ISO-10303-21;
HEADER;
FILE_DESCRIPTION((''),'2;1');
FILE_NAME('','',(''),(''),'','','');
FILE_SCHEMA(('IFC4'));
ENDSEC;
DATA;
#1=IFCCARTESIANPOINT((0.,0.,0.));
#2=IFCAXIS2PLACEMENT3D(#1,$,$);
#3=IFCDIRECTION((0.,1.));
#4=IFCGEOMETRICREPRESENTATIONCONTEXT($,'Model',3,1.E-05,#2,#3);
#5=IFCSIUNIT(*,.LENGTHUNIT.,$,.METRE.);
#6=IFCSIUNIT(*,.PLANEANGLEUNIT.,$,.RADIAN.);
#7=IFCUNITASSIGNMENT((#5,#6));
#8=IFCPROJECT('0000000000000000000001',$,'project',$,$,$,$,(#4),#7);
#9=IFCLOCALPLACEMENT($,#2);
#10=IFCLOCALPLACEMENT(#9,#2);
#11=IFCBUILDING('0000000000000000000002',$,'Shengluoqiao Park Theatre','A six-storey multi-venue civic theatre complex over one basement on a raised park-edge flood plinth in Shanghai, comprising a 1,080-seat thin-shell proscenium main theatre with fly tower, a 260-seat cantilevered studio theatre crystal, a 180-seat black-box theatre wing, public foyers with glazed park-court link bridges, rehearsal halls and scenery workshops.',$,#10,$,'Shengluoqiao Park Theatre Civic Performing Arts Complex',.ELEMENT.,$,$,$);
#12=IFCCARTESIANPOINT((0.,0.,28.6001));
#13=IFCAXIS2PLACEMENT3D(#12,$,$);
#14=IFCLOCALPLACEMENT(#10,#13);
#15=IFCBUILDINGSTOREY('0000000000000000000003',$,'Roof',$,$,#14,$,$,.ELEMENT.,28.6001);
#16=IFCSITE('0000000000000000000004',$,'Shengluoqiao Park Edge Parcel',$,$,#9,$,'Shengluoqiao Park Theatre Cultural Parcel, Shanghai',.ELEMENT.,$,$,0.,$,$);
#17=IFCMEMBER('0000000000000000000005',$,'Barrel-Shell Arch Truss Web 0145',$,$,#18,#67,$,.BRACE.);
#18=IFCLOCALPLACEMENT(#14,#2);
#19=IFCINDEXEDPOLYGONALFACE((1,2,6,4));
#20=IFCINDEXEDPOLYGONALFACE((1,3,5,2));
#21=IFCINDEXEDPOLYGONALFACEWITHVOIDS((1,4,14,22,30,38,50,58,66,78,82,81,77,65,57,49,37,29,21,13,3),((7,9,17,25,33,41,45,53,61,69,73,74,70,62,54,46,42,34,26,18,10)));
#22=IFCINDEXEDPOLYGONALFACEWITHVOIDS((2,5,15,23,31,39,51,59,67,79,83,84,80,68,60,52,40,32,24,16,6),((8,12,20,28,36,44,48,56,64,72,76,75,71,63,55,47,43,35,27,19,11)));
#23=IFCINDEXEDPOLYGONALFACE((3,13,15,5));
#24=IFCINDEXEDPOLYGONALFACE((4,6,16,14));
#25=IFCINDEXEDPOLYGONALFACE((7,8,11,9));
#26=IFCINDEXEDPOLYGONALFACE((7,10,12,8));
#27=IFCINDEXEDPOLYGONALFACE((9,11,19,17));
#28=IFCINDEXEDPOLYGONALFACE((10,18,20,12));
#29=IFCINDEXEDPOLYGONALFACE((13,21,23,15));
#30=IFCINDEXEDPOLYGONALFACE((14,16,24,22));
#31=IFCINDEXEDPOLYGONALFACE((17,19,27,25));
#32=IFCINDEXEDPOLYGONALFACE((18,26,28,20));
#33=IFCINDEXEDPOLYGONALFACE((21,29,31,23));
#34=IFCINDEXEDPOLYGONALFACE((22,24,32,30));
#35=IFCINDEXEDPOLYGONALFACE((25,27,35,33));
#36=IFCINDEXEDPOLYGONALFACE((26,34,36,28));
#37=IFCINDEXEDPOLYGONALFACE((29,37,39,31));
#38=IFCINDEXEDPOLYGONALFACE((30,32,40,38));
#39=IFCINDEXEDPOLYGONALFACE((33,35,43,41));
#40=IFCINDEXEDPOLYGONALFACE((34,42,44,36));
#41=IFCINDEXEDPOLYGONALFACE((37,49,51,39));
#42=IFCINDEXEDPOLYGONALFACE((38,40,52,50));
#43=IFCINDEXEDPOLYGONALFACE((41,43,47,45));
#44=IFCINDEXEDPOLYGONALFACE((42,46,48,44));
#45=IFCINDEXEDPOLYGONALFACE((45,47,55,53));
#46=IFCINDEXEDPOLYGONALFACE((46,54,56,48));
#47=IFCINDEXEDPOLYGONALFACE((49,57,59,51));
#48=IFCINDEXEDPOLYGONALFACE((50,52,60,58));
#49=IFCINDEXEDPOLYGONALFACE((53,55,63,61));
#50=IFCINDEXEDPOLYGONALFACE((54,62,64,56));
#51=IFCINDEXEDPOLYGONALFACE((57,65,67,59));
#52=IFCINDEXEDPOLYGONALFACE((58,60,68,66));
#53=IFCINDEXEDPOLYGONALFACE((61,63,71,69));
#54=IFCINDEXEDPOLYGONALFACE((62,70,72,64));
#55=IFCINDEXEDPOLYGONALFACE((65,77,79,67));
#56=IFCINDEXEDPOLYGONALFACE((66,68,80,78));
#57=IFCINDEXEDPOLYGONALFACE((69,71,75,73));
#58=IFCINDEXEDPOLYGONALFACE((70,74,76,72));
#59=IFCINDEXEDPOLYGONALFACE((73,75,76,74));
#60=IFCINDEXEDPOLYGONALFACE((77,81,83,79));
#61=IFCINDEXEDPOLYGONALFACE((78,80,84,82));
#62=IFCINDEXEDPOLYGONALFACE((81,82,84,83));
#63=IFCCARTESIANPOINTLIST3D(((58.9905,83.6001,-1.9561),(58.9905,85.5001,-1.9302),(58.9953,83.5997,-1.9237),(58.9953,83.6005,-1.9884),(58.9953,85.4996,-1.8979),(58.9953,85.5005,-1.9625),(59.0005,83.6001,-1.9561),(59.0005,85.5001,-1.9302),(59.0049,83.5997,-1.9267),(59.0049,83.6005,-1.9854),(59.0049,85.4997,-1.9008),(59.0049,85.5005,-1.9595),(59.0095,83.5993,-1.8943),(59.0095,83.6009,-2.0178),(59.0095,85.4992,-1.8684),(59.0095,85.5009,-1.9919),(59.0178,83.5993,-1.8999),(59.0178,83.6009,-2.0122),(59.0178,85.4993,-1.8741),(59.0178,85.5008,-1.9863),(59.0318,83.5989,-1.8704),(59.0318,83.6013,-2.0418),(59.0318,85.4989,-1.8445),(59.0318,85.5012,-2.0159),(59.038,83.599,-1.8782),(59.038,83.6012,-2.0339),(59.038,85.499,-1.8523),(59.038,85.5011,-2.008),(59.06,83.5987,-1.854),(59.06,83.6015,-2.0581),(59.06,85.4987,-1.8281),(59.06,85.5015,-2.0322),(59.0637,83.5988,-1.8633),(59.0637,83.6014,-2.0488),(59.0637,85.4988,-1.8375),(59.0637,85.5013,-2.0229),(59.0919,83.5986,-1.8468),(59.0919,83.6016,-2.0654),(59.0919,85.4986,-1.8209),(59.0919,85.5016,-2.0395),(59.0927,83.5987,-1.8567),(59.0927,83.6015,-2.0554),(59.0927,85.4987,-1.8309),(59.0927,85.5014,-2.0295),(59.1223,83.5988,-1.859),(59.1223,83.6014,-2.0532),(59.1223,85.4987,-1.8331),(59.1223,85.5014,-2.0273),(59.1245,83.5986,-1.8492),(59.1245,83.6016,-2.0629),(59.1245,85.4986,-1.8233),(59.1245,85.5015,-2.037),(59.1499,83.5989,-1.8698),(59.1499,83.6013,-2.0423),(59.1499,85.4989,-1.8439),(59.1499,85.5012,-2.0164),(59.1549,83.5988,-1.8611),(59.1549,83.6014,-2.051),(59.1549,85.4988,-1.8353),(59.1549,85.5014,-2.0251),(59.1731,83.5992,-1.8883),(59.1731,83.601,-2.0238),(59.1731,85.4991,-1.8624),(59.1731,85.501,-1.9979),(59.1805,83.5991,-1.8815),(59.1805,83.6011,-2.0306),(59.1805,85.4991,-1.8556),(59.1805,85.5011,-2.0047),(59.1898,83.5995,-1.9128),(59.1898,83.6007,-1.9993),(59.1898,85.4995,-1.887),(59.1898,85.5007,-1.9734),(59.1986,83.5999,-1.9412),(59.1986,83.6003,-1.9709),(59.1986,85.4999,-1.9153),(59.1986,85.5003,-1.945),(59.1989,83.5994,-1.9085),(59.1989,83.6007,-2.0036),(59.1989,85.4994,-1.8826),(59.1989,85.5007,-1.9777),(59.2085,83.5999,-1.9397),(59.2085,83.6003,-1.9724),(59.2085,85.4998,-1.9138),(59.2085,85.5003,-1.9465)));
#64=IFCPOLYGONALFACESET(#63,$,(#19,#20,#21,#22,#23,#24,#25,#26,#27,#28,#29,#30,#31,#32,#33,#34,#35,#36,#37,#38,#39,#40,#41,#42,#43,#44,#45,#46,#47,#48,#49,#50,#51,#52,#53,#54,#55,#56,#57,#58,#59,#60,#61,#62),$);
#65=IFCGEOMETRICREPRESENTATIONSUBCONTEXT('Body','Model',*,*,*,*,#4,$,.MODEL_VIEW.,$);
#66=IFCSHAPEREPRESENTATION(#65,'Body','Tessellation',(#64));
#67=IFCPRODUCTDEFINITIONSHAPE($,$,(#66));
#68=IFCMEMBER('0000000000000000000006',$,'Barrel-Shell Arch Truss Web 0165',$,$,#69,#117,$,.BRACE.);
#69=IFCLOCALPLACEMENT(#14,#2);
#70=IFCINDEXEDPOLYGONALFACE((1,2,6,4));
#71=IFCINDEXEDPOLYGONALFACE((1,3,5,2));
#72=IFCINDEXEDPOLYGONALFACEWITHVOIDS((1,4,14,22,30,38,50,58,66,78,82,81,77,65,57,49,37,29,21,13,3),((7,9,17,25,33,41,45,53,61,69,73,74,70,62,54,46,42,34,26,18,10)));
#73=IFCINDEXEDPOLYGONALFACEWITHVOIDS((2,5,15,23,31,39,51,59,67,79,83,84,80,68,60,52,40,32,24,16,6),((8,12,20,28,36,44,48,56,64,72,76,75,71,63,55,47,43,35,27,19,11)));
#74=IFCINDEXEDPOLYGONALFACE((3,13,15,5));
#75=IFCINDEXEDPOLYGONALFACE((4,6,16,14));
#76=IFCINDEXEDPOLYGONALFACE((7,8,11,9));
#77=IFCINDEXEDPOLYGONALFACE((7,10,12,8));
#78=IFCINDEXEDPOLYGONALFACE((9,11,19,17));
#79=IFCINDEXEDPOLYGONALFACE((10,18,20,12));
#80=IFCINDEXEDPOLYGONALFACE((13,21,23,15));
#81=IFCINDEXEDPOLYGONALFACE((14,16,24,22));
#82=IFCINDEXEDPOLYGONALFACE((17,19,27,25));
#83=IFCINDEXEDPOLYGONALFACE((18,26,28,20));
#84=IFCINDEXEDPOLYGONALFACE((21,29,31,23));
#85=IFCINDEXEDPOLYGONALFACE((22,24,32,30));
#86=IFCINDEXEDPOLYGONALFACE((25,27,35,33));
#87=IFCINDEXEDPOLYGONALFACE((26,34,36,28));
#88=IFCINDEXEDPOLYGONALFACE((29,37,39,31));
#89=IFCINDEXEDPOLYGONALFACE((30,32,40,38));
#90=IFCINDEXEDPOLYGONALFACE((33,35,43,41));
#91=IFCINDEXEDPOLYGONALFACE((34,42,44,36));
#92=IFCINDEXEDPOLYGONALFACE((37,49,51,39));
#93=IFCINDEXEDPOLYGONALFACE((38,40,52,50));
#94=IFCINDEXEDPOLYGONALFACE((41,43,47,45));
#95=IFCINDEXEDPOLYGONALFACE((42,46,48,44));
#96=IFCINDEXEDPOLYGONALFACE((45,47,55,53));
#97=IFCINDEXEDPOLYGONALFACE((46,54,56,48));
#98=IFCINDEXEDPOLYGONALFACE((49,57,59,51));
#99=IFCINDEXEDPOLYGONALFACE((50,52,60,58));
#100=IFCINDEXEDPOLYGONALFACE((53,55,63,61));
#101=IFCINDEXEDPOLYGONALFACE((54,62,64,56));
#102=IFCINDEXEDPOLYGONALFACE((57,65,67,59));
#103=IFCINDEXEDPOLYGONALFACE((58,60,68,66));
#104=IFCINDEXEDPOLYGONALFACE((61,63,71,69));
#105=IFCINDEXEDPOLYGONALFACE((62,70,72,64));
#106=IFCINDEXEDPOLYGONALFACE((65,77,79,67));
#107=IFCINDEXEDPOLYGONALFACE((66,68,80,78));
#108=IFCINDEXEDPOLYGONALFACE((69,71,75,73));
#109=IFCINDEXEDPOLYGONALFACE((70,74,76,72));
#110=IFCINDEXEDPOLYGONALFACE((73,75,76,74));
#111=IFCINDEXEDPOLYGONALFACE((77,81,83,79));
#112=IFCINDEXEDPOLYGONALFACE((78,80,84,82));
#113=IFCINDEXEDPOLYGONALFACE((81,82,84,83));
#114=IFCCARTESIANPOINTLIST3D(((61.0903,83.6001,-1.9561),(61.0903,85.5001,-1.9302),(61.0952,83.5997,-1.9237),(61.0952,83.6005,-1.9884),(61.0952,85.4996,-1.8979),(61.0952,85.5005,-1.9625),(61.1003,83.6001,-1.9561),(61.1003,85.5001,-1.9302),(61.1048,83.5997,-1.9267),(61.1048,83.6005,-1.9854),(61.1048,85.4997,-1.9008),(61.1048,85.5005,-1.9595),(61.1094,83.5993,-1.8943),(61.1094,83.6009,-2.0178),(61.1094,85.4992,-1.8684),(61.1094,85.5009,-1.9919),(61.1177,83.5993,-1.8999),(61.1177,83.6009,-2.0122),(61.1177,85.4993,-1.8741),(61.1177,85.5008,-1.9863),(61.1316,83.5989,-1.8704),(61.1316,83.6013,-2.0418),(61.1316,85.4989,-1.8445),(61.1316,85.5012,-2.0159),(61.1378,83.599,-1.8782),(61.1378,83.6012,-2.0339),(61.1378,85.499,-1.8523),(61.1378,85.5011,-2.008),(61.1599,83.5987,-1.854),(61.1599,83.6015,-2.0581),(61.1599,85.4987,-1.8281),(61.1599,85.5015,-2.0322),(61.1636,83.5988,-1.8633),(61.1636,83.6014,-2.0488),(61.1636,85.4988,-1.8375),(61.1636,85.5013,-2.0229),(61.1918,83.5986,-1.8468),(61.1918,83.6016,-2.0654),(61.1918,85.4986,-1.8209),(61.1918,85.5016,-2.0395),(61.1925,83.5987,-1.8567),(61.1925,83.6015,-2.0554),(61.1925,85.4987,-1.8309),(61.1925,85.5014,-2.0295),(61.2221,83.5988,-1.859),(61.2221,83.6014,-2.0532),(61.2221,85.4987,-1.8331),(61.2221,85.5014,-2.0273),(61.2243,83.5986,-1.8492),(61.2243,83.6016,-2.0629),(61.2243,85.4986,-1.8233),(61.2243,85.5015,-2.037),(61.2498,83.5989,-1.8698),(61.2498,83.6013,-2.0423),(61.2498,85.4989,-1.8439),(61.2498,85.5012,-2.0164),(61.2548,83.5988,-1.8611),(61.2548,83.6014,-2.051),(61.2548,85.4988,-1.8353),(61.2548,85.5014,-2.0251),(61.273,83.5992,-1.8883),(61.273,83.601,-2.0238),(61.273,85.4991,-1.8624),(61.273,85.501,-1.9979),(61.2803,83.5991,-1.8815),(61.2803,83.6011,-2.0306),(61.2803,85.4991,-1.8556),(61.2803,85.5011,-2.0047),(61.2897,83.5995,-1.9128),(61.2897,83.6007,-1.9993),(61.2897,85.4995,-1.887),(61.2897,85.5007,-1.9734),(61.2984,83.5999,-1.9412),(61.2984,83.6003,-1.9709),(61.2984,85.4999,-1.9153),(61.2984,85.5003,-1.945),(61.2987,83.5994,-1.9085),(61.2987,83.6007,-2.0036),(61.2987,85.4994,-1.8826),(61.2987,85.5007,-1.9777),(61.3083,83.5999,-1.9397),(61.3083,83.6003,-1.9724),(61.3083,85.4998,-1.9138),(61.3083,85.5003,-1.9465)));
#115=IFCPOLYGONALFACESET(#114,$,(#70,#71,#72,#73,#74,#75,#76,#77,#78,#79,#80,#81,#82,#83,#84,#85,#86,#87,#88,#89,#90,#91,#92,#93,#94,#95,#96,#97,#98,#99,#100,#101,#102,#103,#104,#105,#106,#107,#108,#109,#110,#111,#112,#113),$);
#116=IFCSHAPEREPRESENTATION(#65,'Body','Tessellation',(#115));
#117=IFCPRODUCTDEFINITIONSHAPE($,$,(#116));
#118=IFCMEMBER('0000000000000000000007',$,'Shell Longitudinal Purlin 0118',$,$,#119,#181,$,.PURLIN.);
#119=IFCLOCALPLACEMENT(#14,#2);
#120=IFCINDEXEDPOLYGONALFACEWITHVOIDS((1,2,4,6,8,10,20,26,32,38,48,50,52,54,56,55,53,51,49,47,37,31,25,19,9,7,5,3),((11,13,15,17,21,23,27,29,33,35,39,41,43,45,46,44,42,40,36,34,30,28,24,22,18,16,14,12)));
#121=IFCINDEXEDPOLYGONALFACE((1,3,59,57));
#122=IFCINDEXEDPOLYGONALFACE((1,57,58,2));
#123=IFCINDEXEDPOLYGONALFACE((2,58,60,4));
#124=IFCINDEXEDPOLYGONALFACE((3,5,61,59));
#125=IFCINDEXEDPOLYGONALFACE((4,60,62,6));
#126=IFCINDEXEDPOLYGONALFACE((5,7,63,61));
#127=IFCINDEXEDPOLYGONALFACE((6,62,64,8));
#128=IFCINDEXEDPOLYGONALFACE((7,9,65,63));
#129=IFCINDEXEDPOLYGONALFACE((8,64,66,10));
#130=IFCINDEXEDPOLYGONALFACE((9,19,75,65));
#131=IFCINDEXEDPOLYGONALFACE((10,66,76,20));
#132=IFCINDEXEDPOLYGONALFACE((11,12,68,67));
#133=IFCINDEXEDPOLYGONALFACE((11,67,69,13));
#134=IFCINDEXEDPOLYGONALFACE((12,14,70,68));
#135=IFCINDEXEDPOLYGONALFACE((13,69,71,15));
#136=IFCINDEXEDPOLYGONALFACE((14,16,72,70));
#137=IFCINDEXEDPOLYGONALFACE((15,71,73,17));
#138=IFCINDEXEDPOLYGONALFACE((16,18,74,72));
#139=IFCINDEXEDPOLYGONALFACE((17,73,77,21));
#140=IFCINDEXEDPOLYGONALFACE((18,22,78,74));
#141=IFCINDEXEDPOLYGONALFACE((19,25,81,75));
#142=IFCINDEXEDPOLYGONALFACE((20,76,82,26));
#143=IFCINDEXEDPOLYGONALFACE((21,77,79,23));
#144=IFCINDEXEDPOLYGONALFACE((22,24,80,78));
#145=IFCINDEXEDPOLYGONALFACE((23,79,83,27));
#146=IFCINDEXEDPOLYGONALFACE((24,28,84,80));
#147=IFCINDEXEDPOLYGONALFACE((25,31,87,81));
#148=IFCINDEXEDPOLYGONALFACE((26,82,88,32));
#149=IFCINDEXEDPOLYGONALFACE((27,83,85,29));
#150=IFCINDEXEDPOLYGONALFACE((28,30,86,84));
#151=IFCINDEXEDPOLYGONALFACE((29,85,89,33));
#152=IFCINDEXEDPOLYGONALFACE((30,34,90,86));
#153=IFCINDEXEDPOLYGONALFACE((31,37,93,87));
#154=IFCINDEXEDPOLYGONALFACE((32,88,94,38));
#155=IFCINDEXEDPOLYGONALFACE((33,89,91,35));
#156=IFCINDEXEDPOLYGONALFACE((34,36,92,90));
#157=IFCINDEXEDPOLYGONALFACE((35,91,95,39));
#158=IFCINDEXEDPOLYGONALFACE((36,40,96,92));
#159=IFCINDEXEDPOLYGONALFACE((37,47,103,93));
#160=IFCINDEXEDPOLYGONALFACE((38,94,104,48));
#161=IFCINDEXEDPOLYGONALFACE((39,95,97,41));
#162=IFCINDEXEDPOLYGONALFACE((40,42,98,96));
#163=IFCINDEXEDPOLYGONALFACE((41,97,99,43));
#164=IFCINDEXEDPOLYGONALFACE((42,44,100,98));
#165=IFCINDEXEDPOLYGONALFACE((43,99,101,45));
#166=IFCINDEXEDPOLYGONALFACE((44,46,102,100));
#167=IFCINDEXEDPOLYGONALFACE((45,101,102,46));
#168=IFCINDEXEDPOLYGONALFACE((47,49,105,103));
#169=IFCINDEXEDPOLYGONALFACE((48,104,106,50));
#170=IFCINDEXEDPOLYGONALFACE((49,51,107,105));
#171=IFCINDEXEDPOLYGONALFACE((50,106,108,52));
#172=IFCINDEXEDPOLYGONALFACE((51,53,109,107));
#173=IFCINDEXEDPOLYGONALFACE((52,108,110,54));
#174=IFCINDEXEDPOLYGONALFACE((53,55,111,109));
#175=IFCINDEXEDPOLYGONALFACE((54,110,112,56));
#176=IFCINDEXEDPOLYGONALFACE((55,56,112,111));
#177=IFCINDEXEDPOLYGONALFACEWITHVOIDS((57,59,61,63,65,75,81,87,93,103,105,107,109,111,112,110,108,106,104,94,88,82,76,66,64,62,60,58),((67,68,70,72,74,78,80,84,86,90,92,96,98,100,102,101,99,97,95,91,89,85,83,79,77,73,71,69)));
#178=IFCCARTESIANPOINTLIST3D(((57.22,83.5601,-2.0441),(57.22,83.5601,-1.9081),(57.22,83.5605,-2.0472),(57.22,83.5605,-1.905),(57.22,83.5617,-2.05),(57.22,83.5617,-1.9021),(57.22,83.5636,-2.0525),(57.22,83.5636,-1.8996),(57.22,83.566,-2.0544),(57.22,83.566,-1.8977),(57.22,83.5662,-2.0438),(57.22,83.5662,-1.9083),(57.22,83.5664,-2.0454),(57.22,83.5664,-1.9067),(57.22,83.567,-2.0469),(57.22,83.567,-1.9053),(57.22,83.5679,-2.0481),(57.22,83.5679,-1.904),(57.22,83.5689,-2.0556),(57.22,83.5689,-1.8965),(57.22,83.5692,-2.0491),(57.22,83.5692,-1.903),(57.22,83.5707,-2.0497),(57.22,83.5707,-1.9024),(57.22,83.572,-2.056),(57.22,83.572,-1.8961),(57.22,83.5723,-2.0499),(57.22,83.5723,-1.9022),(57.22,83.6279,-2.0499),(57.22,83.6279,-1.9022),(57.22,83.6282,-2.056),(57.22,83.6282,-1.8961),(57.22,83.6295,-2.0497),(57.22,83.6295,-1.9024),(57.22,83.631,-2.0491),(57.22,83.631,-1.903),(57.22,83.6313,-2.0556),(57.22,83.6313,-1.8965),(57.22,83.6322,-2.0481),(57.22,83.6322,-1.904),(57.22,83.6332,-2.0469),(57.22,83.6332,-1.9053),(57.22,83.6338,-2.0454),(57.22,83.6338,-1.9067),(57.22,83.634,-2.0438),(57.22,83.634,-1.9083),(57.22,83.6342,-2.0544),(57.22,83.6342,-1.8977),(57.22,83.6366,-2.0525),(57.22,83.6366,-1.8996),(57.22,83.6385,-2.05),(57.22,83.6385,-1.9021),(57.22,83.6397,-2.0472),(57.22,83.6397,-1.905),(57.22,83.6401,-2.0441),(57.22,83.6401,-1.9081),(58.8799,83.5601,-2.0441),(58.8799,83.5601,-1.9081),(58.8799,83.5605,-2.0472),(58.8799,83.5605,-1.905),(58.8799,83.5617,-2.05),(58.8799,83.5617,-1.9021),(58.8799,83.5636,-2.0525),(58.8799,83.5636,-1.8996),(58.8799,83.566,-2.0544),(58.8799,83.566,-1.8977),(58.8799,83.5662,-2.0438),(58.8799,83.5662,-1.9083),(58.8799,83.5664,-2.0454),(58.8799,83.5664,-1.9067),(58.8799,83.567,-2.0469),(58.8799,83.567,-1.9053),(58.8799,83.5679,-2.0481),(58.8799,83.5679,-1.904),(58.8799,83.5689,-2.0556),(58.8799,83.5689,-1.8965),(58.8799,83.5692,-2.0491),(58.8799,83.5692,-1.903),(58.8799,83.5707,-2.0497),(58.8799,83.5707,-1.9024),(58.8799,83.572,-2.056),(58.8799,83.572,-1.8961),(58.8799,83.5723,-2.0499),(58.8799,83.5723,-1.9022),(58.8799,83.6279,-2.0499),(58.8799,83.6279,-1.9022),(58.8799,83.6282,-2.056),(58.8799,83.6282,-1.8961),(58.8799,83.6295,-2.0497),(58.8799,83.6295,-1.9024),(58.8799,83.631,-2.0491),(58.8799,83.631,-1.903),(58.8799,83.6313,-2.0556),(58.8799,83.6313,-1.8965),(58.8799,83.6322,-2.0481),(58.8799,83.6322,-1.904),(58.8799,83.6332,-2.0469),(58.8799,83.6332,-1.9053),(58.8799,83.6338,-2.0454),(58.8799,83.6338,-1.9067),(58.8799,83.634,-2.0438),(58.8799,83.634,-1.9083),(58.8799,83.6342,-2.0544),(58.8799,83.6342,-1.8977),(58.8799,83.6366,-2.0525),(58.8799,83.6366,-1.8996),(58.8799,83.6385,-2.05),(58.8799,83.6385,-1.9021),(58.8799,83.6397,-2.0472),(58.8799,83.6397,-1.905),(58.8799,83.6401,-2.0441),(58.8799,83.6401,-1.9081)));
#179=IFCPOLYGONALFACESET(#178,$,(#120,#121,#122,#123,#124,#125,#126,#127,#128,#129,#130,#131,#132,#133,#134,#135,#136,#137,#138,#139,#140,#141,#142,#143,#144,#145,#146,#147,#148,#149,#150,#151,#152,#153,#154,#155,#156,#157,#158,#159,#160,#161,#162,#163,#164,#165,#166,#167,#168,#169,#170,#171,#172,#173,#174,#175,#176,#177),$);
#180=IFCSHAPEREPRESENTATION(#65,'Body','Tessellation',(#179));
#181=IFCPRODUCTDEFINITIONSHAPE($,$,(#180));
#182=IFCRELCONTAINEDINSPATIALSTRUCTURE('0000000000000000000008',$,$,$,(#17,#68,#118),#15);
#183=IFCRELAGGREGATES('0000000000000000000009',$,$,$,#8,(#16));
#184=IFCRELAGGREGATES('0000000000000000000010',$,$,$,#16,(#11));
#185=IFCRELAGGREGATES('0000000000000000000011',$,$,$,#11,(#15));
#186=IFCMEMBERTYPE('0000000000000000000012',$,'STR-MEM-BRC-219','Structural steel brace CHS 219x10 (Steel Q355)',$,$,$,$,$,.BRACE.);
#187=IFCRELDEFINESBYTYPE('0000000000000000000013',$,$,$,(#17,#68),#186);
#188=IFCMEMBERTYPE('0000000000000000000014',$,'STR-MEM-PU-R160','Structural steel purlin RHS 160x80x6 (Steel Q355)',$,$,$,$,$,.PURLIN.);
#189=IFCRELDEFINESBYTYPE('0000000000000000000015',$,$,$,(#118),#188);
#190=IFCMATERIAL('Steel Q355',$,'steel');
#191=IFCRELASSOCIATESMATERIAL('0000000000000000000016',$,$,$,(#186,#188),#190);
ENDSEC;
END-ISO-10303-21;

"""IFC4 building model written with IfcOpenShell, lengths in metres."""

from ifc_helpers import new_model, si_unit, direction, frame, origin, origin_2d, place, context, subcontext, project, spatial, hollow_rectangle, hollow_circle, extrude, material, material_profile, profile_set, type_object, element, save


model = new_model("IFC4")

# Units and contexts
model_context = context("Model", 3, precision=1e-05, world=origin(), true_north=direction((0.0, 1.0)))
body_context = subcontext(model_context, "Body", "Model", "MODEL_VIEW")
ifc_project = project(units=[si_unit("LENGTHUNIT", "METRE"), si_unit("PLANEANGLEUNIT", "RADIAN")], contexts=[model_context])

# Site, building, storey
site_placement = place(None, origin())
site = spatial("IfcSite", under=ifc_project, at=site_placement, Name="Shengluoqiao Park Edge Parcel", LongName="Shengluoqiao Park Theatre Cultural Parcel, Shanghai", CompositionType="ELEMENT", RefElevation=0.0)
building_placement = place(site_placement, origin())
building = spatial("IfcBuilding", under=site, at=building_placement, Name="Shengluoqiao Park Theatre", Description="A six-storey multi-venue civic theatre complex over one basement on a raised park-edge flood plinth in Shanghai, comprising a 1,080-seat thin-shell proscenium main theatre with fly tower, a 260-seat cantilevered studio theatre crystal, a 180-seat black-box theatre wing, public foyers with glazed park-court link bridges, rehearsal halls and scenery workshops.", LongName="Shengluoqiao Park Theatre Civic Performing Arts Complex", CompositionType="ELEMENT")
storey_placement = place(building_placement, frame((0.0, 0.0, 28.6001)))
storey = spatial("IfcBuildingStorey", under=building, at=storey_placement, Name="Roof", CompositionType="ELEMENT", Elevation=28.6001)

# Shared definitions
ifc_material_1 = material(Name="Steel Q355", Category="steel")

# Members
ifc_material_profile_1 = material_profile(ifc_material_1, hollow_circle(Radius=0.1096, WallThickness=0.01, at=origin_2d()), Name="CHS 219x10")
ifc_profile_set_1 = profile_set([ifc_material_profile_1], Name="Steel Q355")
member_type_1 = type_object("IfcMemberType", Name="STR-MEM-BRC-219", Description="Structural steel brace CHS 219x10 (Steel Q355)", PredefinedType="BRACE", material=ifc_profile_set_1)
for number, where, z_axis, x_axis, name in (
    (1, (59.1001, 83.6001, -1.9561), (0.0, 0.999907, 0.01362), (-1.0, 0.0, 0.0), "Barrel-Shell Arch Truss Web 0145"),
    (2, (61.2, 83.6001, -1.9561), (0.0, 0.999907, 0.01362), (-1.0, 0.0, 0.0), "Barrel-Shell Arch Truss Web 0165"),
):
    element("IfcMember", number, at=place(storey_placement, frame(where, z_axis=z_axis, x_axis=x_axis)), inside=storey, type_object=member_type_1, Name=name, PredefinedType="BRACE", context=body_context, shape_type="SweptSolid", body=[
        extrude(hollow_circle(Radius=0.1096, WallThickness=0.01, at=origin_2d()), origin(), (0.0, 0.0, 1.0), 1.9001),
    ])
ifc_material_profile_2 = material_profile(ifc_material_1, hollow_rectangle(XDim=0.0801, YDim=0.1599, WallThickness=0.0061, InnerFilletRadius=0.0061, OuterFilletRadius=0.012, at=origin_2d()), Name="RHS 160x80x6")
ifc_profile_set_2 = profile_set([ifc_material_profile_2], Name="Steel Q355")
member_type_2 = type_object("IfcMemberType", Name="STR-MEM-PU-R160", Description="Structural steel purlin RHS 160x80x6 (Steel Q355)", PredefinedType="PURLIN", material=ifc_profile_set_2)
for number, where, z_axis, x_axis, name in (
    (3, (57.22, 83.6001, -1.9761), (1.0, 0.0, 0.0), (0.0, 1.0, 0.0), "Shell Longitudinal Purlin 0118"),
):
    element("IfcMember", number, at=place(storey_placement, frame(where, z_axis=z_axis, x_axis=x_axis)), inside=storey, type_object=member_type_2, Name=name, PredefinedType="PURLIN", context=body_context, shape_type="SweptSolid", body=[
        extrude(hollow_rectangle(XDim=0.0801, YDim=0.1599, WallThickness=0.0061, InnerFilletRadius=0.0061, OuterFilletRadius=0.012, at=origin_2d()), origin(), (0.0, 0.0, 1.0), 1.6599),
    ])

save(model, "model.ifc")
